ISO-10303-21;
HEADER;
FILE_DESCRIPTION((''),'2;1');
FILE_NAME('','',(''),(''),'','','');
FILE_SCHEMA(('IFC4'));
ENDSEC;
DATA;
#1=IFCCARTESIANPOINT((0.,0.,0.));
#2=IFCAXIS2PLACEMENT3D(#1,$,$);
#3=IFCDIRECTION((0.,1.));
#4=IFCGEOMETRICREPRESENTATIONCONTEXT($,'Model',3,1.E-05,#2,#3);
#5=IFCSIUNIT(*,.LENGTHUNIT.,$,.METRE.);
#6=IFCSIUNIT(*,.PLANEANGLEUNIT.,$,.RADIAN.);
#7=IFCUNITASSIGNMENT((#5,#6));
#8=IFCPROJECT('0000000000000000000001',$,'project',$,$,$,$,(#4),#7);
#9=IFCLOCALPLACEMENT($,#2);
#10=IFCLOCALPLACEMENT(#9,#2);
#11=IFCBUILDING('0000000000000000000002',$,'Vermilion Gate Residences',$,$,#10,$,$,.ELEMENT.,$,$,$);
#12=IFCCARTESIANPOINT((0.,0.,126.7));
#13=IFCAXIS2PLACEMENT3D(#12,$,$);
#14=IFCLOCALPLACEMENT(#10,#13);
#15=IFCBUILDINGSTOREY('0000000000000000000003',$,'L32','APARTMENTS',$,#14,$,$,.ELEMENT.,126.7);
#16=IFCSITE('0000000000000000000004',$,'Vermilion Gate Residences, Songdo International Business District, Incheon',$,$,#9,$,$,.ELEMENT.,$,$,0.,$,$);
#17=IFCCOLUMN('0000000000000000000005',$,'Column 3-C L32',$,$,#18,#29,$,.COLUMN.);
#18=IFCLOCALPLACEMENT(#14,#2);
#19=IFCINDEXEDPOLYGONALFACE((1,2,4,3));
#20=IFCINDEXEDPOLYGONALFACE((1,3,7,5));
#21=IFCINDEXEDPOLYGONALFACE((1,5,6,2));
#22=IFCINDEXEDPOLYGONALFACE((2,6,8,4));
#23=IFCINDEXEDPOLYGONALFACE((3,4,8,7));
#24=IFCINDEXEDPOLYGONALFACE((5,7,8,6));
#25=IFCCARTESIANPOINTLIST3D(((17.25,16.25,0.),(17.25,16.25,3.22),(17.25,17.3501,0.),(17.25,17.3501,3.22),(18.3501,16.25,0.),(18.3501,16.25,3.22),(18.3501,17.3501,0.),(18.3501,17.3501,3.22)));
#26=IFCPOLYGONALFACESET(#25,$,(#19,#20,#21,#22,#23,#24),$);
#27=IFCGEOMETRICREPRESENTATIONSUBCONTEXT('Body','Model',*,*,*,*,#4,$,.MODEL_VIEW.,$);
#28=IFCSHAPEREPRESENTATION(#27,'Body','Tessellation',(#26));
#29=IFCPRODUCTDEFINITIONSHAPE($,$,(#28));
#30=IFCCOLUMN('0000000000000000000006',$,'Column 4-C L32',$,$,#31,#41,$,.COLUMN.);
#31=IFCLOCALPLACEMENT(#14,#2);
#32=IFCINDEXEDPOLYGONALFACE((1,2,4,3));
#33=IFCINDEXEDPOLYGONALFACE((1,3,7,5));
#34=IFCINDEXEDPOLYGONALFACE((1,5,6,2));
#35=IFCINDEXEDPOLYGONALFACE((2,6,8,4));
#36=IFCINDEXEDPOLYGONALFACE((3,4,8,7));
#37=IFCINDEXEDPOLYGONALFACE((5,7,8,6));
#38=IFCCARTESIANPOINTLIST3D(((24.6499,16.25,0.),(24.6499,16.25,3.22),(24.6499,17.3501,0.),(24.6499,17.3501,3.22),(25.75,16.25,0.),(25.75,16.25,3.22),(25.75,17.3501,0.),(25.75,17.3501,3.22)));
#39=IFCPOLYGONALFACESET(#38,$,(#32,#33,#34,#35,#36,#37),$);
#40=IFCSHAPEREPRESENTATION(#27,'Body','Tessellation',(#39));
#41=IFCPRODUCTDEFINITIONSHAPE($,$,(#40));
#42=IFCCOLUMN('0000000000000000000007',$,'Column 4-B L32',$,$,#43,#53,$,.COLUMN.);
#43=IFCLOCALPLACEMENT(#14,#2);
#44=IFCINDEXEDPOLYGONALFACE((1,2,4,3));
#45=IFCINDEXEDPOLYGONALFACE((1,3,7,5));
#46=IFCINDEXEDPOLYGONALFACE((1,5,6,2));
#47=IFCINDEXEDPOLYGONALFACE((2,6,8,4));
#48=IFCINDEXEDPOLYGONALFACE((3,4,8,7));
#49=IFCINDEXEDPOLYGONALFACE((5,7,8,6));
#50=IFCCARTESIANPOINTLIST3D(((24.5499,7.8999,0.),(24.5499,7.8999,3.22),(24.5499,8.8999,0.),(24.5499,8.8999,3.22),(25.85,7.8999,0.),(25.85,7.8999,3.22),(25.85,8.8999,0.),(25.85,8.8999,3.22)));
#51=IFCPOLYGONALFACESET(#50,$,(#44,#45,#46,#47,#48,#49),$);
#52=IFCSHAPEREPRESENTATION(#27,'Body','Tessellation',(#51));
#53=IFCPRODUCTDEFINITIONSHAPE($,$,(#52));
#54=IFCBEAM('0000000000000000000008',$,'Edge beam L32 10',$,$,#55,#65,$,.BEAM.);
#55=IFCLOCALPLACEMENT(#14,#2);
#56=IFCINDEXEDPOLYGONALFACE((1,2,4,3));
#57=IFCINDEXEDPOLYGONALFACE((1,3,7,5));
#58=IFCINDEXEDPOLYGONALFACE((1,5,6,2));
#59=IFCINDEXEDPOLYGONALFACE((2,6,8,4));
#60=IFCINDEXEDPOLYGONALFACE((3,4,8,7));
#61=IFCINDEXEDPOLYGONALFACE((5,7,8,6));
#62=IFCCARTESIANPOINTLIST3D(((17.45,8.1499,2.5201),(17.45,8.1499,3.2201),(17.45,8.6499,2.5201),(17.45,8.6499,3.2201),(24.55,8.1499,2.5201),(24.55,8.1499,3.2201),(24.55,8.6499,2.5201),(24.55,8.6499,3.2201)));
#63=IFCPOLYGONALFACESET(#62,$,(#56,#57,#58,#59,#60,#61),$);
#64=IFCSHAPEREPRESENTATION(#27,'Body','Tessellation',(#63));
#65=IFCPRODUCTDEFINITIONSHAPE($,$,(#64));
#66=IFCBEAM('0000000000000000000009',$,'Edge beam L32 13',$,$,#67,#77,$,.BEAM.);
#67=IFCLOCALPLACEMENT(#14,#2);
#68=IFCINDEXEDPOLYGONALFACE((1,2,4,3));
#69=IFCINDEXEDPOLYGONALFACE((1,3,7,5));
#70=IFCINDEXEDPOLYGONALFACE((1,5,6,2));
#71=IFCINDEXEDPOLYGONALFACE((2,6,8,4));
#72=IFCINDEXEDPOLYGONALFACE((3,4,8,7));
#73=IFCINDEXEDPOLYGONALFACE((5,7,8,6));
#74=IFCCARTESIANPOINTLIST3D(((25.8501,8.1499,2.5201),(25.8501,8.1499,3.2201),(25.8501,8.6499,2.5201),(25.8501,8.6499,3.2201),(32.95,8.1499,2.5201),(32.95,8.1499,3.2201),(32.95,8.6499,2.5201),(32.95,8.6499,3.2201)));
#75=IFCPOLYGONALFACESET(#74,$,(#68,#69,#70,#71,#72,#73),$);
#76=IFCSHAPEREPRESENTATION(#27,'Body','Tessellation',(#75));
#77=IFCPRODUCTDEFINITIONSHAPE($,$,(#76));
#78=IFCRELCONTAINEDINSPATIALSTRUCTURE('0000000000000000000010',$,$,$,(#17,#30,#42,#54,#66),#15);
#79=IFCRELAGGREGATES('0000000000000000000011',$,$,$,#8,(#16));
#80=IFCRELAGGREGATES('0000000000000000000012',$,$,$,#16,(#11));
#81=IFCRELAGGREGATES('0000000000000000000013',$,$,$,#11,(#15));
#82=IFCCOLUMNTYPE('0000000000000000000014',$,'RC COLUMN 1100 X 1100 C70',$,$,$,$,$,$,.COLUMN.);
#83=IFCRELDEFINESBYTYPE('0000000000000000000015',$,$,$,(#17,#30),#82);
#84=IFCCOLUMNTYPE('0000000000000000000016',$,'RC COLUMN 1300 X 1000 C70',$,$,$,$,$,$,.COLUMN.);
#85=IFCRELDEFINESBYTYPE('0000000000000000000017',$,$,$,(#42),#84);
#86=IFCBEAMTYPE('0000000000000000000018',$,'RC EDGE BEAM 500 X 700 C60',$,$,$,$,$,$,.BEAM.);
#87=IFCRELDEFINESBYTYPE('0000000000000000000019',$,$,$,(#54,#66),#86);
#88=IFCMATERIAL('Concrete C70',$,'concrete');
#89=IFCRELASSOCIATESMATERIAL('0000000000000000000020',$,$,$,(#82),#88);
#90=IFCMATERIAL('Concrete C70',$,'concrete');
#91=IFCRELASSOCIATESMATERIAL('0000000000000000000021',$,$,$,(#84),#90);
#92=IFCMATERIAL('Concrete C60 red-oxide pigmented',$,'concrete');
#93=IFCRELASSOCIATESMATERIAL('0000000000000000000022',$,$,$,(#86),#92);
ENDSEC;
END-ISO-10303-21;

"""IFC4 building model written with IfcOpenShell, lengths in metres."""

from ifc_helpers import new_model, si_unit, direction, frame, origin, origin_2d, place, context, subcontext, project, spatial, rectangle, extrude, material, material_profile, profile_set, type_object, element, save


model = new_model("IFC4")

# Units and contexts
model_context = context("Model", 3, precision=1e-05, world=origin(), true_north=direction((0.0, 1.0)))
body_context = subcontext(model_context, "Body", "Model", "MODEL_VIEW")
ifc_project = project(units=[si_unit("LENGTHUNIT", "METRE"), si_unit("PLANEANGLEUNIT", "RADIAN")], contexts=[model_context])

# Site, building, storey
site_placement = place(None, origin())
site = spatial("IfcSite", under=ifc_project, at=site_placement, Name="Vermilion Gate Residences, Songdo International Business District, Incheon", CompositionType="ELEMENT", RefElevation=0.0)
building_placement = place(site_placement, origin())
building = spatial("IfcBuilding", under=site, at=building_placement, Name="Vermilion Gate Residences", CompositionType="ELEMENT")
storey_placement = place(building_placement, frame((0.0, 0.0, 126.7)))
storey = spatial("IfcBuildingStorey", under=building, at=storey_placement, Name="L32", Description="APARTMENTS", CompositionType="ELEMENT", Elevation=126.7)

# Columns
ifc_material_1 = material(Name="Concrete C70", Category="concrete")
ifc_material_profile_1 = material_profile(ifc_material_1, rectangle(XDim=1.1001, YDim=1.1001, at=origin_2d()), Name="RC-1100x1100")
ifc_profile_set_1 = profile_set([ifc_material_profile_1], Name="Concrete C70")
column_type_1 = type_object("IfcColumnType", Name="RC COLUMN 1100 X 1100 C70", PredefinedType="COLUMN", material=ifc_profile_set_1)
for number, where, z_axis, x_axis, name in (
    (1, (17.8, 16.8, 0.0), (0.0, 0.0, 1.0), (1.0, 0.0, 0.0), "Column 3-C L32"),
    (2, (25.2, 16.8, 0.0), (0.0, 0.0, 1.0), (1.0, 0.0, 0.0), "Column 4-C L32"),
):
    element("IfcColumn", number, at=place(storey_placement, frame(where, z_axis=z_axis, x_axis=x_axis)), inside=storey, type_object=column_type_1, Name=name, PredefinedType="COLUMN", context=body_context, shape_type="SweptSolid", body=[
        extrude(rectangle(XDim=1.1001, YDim=1.1001, at=origin_2d()), origin(), (0.0, 0.0, 1.0), 3.22),
    ])
ifc_material_2 = material(Name="Concrete C70", Category="concrete")
ifc_material_profile_2 = material_profile(ifc_material_2, rectangle(XDim=1.3, YDim=1.0, at=origin_2d()), Name="RC-1300x1000")
ifc_profile_set_2 = profile_set([ifc_material_profile_2], Name="Concrete C70")
column_type_2 = type_object("IfcColumnType", Name="RC COLUMN 1300 X 1000 C70", PredefinedType="COLUMN", material=ifc_profile_set_2)
column_placement = place(storey_placement, frame((25.2, 8.3999, 0.0), z_axis=(0.0, 0.0, 1.0), x_axis=(1.0, 0.0, 0.0)))
element("IfcColumn", 3, at=column_placement, inside=storey, type_object=column_type_2, Name="Column 4-B L32", PredefinedType="COLUMN", context=body_context, shape_type="SweptSolid", body=[
    extrude(rectangle(XDim=1.3, YDim=1.0, at=origin_2d()), origin(), (0.0, 0.0, 1.0), 3.22),
])

# Beams
ifc_material_3 = material(Name="Concrete C60 red-oxide pigmented", Category="concrete")
ifc_material_profile_3 = material_profile(ifc_material_3, rectangle(XDim=0.5, YDim=0.7, at=origin_2d()), Name="RC-500x700")
ifc_profile_set_3 = profile_set([ifc_material_profile_3], Name="Concrete C60 red-oxide pigmented")
beam_type = type_object("IfcBeamType", Name="RC EDGE BEAM 500 X 700 C60", PredefinedType="BEAM", material=ifc_profile_set_3)
beam_1_placement = place(storey_placement, frame((17.45, 8.3999, 2.8701), z_axis=(1.0, 0.0, 0.0), x_axis=(0.0, 1.0, 0.0)))
element("IfcBeam", 4, at=beam_1_placement, inside=storey, type_object=beam_type, Name="Edge beam L32 10", PredefinedType="BEAM", context=body_context, shape_type="SweptSolid", body=[
    extrude(rectangle(XDim=0.5, YDim=0.7, at=origin_2d()), origin(), (0.0, 0.0, 1.0), 7.1001),
])
beam_2_placement = place(storey_placement, frame((25.8501, 8.3999, 2.8701), z_axis=(1.0, 0.0, 0.0), x_axis=(0.0, 1.0, 0.0)))
element("IfcBeam", 5, at=beam_2_placement, inside=storey, type_object=beam_type, Name="Edge beam L32 13", PredefinedType="BEAM", context=body_context, shape_type="SweptSolid", body=[
    extrude(rectangle(XDim=0.5, YDim=0.7, at=origin_2d()), origin(), (0.0, 0.0, 1.0), 7.0999),
])

save(model, "model.ifc")
